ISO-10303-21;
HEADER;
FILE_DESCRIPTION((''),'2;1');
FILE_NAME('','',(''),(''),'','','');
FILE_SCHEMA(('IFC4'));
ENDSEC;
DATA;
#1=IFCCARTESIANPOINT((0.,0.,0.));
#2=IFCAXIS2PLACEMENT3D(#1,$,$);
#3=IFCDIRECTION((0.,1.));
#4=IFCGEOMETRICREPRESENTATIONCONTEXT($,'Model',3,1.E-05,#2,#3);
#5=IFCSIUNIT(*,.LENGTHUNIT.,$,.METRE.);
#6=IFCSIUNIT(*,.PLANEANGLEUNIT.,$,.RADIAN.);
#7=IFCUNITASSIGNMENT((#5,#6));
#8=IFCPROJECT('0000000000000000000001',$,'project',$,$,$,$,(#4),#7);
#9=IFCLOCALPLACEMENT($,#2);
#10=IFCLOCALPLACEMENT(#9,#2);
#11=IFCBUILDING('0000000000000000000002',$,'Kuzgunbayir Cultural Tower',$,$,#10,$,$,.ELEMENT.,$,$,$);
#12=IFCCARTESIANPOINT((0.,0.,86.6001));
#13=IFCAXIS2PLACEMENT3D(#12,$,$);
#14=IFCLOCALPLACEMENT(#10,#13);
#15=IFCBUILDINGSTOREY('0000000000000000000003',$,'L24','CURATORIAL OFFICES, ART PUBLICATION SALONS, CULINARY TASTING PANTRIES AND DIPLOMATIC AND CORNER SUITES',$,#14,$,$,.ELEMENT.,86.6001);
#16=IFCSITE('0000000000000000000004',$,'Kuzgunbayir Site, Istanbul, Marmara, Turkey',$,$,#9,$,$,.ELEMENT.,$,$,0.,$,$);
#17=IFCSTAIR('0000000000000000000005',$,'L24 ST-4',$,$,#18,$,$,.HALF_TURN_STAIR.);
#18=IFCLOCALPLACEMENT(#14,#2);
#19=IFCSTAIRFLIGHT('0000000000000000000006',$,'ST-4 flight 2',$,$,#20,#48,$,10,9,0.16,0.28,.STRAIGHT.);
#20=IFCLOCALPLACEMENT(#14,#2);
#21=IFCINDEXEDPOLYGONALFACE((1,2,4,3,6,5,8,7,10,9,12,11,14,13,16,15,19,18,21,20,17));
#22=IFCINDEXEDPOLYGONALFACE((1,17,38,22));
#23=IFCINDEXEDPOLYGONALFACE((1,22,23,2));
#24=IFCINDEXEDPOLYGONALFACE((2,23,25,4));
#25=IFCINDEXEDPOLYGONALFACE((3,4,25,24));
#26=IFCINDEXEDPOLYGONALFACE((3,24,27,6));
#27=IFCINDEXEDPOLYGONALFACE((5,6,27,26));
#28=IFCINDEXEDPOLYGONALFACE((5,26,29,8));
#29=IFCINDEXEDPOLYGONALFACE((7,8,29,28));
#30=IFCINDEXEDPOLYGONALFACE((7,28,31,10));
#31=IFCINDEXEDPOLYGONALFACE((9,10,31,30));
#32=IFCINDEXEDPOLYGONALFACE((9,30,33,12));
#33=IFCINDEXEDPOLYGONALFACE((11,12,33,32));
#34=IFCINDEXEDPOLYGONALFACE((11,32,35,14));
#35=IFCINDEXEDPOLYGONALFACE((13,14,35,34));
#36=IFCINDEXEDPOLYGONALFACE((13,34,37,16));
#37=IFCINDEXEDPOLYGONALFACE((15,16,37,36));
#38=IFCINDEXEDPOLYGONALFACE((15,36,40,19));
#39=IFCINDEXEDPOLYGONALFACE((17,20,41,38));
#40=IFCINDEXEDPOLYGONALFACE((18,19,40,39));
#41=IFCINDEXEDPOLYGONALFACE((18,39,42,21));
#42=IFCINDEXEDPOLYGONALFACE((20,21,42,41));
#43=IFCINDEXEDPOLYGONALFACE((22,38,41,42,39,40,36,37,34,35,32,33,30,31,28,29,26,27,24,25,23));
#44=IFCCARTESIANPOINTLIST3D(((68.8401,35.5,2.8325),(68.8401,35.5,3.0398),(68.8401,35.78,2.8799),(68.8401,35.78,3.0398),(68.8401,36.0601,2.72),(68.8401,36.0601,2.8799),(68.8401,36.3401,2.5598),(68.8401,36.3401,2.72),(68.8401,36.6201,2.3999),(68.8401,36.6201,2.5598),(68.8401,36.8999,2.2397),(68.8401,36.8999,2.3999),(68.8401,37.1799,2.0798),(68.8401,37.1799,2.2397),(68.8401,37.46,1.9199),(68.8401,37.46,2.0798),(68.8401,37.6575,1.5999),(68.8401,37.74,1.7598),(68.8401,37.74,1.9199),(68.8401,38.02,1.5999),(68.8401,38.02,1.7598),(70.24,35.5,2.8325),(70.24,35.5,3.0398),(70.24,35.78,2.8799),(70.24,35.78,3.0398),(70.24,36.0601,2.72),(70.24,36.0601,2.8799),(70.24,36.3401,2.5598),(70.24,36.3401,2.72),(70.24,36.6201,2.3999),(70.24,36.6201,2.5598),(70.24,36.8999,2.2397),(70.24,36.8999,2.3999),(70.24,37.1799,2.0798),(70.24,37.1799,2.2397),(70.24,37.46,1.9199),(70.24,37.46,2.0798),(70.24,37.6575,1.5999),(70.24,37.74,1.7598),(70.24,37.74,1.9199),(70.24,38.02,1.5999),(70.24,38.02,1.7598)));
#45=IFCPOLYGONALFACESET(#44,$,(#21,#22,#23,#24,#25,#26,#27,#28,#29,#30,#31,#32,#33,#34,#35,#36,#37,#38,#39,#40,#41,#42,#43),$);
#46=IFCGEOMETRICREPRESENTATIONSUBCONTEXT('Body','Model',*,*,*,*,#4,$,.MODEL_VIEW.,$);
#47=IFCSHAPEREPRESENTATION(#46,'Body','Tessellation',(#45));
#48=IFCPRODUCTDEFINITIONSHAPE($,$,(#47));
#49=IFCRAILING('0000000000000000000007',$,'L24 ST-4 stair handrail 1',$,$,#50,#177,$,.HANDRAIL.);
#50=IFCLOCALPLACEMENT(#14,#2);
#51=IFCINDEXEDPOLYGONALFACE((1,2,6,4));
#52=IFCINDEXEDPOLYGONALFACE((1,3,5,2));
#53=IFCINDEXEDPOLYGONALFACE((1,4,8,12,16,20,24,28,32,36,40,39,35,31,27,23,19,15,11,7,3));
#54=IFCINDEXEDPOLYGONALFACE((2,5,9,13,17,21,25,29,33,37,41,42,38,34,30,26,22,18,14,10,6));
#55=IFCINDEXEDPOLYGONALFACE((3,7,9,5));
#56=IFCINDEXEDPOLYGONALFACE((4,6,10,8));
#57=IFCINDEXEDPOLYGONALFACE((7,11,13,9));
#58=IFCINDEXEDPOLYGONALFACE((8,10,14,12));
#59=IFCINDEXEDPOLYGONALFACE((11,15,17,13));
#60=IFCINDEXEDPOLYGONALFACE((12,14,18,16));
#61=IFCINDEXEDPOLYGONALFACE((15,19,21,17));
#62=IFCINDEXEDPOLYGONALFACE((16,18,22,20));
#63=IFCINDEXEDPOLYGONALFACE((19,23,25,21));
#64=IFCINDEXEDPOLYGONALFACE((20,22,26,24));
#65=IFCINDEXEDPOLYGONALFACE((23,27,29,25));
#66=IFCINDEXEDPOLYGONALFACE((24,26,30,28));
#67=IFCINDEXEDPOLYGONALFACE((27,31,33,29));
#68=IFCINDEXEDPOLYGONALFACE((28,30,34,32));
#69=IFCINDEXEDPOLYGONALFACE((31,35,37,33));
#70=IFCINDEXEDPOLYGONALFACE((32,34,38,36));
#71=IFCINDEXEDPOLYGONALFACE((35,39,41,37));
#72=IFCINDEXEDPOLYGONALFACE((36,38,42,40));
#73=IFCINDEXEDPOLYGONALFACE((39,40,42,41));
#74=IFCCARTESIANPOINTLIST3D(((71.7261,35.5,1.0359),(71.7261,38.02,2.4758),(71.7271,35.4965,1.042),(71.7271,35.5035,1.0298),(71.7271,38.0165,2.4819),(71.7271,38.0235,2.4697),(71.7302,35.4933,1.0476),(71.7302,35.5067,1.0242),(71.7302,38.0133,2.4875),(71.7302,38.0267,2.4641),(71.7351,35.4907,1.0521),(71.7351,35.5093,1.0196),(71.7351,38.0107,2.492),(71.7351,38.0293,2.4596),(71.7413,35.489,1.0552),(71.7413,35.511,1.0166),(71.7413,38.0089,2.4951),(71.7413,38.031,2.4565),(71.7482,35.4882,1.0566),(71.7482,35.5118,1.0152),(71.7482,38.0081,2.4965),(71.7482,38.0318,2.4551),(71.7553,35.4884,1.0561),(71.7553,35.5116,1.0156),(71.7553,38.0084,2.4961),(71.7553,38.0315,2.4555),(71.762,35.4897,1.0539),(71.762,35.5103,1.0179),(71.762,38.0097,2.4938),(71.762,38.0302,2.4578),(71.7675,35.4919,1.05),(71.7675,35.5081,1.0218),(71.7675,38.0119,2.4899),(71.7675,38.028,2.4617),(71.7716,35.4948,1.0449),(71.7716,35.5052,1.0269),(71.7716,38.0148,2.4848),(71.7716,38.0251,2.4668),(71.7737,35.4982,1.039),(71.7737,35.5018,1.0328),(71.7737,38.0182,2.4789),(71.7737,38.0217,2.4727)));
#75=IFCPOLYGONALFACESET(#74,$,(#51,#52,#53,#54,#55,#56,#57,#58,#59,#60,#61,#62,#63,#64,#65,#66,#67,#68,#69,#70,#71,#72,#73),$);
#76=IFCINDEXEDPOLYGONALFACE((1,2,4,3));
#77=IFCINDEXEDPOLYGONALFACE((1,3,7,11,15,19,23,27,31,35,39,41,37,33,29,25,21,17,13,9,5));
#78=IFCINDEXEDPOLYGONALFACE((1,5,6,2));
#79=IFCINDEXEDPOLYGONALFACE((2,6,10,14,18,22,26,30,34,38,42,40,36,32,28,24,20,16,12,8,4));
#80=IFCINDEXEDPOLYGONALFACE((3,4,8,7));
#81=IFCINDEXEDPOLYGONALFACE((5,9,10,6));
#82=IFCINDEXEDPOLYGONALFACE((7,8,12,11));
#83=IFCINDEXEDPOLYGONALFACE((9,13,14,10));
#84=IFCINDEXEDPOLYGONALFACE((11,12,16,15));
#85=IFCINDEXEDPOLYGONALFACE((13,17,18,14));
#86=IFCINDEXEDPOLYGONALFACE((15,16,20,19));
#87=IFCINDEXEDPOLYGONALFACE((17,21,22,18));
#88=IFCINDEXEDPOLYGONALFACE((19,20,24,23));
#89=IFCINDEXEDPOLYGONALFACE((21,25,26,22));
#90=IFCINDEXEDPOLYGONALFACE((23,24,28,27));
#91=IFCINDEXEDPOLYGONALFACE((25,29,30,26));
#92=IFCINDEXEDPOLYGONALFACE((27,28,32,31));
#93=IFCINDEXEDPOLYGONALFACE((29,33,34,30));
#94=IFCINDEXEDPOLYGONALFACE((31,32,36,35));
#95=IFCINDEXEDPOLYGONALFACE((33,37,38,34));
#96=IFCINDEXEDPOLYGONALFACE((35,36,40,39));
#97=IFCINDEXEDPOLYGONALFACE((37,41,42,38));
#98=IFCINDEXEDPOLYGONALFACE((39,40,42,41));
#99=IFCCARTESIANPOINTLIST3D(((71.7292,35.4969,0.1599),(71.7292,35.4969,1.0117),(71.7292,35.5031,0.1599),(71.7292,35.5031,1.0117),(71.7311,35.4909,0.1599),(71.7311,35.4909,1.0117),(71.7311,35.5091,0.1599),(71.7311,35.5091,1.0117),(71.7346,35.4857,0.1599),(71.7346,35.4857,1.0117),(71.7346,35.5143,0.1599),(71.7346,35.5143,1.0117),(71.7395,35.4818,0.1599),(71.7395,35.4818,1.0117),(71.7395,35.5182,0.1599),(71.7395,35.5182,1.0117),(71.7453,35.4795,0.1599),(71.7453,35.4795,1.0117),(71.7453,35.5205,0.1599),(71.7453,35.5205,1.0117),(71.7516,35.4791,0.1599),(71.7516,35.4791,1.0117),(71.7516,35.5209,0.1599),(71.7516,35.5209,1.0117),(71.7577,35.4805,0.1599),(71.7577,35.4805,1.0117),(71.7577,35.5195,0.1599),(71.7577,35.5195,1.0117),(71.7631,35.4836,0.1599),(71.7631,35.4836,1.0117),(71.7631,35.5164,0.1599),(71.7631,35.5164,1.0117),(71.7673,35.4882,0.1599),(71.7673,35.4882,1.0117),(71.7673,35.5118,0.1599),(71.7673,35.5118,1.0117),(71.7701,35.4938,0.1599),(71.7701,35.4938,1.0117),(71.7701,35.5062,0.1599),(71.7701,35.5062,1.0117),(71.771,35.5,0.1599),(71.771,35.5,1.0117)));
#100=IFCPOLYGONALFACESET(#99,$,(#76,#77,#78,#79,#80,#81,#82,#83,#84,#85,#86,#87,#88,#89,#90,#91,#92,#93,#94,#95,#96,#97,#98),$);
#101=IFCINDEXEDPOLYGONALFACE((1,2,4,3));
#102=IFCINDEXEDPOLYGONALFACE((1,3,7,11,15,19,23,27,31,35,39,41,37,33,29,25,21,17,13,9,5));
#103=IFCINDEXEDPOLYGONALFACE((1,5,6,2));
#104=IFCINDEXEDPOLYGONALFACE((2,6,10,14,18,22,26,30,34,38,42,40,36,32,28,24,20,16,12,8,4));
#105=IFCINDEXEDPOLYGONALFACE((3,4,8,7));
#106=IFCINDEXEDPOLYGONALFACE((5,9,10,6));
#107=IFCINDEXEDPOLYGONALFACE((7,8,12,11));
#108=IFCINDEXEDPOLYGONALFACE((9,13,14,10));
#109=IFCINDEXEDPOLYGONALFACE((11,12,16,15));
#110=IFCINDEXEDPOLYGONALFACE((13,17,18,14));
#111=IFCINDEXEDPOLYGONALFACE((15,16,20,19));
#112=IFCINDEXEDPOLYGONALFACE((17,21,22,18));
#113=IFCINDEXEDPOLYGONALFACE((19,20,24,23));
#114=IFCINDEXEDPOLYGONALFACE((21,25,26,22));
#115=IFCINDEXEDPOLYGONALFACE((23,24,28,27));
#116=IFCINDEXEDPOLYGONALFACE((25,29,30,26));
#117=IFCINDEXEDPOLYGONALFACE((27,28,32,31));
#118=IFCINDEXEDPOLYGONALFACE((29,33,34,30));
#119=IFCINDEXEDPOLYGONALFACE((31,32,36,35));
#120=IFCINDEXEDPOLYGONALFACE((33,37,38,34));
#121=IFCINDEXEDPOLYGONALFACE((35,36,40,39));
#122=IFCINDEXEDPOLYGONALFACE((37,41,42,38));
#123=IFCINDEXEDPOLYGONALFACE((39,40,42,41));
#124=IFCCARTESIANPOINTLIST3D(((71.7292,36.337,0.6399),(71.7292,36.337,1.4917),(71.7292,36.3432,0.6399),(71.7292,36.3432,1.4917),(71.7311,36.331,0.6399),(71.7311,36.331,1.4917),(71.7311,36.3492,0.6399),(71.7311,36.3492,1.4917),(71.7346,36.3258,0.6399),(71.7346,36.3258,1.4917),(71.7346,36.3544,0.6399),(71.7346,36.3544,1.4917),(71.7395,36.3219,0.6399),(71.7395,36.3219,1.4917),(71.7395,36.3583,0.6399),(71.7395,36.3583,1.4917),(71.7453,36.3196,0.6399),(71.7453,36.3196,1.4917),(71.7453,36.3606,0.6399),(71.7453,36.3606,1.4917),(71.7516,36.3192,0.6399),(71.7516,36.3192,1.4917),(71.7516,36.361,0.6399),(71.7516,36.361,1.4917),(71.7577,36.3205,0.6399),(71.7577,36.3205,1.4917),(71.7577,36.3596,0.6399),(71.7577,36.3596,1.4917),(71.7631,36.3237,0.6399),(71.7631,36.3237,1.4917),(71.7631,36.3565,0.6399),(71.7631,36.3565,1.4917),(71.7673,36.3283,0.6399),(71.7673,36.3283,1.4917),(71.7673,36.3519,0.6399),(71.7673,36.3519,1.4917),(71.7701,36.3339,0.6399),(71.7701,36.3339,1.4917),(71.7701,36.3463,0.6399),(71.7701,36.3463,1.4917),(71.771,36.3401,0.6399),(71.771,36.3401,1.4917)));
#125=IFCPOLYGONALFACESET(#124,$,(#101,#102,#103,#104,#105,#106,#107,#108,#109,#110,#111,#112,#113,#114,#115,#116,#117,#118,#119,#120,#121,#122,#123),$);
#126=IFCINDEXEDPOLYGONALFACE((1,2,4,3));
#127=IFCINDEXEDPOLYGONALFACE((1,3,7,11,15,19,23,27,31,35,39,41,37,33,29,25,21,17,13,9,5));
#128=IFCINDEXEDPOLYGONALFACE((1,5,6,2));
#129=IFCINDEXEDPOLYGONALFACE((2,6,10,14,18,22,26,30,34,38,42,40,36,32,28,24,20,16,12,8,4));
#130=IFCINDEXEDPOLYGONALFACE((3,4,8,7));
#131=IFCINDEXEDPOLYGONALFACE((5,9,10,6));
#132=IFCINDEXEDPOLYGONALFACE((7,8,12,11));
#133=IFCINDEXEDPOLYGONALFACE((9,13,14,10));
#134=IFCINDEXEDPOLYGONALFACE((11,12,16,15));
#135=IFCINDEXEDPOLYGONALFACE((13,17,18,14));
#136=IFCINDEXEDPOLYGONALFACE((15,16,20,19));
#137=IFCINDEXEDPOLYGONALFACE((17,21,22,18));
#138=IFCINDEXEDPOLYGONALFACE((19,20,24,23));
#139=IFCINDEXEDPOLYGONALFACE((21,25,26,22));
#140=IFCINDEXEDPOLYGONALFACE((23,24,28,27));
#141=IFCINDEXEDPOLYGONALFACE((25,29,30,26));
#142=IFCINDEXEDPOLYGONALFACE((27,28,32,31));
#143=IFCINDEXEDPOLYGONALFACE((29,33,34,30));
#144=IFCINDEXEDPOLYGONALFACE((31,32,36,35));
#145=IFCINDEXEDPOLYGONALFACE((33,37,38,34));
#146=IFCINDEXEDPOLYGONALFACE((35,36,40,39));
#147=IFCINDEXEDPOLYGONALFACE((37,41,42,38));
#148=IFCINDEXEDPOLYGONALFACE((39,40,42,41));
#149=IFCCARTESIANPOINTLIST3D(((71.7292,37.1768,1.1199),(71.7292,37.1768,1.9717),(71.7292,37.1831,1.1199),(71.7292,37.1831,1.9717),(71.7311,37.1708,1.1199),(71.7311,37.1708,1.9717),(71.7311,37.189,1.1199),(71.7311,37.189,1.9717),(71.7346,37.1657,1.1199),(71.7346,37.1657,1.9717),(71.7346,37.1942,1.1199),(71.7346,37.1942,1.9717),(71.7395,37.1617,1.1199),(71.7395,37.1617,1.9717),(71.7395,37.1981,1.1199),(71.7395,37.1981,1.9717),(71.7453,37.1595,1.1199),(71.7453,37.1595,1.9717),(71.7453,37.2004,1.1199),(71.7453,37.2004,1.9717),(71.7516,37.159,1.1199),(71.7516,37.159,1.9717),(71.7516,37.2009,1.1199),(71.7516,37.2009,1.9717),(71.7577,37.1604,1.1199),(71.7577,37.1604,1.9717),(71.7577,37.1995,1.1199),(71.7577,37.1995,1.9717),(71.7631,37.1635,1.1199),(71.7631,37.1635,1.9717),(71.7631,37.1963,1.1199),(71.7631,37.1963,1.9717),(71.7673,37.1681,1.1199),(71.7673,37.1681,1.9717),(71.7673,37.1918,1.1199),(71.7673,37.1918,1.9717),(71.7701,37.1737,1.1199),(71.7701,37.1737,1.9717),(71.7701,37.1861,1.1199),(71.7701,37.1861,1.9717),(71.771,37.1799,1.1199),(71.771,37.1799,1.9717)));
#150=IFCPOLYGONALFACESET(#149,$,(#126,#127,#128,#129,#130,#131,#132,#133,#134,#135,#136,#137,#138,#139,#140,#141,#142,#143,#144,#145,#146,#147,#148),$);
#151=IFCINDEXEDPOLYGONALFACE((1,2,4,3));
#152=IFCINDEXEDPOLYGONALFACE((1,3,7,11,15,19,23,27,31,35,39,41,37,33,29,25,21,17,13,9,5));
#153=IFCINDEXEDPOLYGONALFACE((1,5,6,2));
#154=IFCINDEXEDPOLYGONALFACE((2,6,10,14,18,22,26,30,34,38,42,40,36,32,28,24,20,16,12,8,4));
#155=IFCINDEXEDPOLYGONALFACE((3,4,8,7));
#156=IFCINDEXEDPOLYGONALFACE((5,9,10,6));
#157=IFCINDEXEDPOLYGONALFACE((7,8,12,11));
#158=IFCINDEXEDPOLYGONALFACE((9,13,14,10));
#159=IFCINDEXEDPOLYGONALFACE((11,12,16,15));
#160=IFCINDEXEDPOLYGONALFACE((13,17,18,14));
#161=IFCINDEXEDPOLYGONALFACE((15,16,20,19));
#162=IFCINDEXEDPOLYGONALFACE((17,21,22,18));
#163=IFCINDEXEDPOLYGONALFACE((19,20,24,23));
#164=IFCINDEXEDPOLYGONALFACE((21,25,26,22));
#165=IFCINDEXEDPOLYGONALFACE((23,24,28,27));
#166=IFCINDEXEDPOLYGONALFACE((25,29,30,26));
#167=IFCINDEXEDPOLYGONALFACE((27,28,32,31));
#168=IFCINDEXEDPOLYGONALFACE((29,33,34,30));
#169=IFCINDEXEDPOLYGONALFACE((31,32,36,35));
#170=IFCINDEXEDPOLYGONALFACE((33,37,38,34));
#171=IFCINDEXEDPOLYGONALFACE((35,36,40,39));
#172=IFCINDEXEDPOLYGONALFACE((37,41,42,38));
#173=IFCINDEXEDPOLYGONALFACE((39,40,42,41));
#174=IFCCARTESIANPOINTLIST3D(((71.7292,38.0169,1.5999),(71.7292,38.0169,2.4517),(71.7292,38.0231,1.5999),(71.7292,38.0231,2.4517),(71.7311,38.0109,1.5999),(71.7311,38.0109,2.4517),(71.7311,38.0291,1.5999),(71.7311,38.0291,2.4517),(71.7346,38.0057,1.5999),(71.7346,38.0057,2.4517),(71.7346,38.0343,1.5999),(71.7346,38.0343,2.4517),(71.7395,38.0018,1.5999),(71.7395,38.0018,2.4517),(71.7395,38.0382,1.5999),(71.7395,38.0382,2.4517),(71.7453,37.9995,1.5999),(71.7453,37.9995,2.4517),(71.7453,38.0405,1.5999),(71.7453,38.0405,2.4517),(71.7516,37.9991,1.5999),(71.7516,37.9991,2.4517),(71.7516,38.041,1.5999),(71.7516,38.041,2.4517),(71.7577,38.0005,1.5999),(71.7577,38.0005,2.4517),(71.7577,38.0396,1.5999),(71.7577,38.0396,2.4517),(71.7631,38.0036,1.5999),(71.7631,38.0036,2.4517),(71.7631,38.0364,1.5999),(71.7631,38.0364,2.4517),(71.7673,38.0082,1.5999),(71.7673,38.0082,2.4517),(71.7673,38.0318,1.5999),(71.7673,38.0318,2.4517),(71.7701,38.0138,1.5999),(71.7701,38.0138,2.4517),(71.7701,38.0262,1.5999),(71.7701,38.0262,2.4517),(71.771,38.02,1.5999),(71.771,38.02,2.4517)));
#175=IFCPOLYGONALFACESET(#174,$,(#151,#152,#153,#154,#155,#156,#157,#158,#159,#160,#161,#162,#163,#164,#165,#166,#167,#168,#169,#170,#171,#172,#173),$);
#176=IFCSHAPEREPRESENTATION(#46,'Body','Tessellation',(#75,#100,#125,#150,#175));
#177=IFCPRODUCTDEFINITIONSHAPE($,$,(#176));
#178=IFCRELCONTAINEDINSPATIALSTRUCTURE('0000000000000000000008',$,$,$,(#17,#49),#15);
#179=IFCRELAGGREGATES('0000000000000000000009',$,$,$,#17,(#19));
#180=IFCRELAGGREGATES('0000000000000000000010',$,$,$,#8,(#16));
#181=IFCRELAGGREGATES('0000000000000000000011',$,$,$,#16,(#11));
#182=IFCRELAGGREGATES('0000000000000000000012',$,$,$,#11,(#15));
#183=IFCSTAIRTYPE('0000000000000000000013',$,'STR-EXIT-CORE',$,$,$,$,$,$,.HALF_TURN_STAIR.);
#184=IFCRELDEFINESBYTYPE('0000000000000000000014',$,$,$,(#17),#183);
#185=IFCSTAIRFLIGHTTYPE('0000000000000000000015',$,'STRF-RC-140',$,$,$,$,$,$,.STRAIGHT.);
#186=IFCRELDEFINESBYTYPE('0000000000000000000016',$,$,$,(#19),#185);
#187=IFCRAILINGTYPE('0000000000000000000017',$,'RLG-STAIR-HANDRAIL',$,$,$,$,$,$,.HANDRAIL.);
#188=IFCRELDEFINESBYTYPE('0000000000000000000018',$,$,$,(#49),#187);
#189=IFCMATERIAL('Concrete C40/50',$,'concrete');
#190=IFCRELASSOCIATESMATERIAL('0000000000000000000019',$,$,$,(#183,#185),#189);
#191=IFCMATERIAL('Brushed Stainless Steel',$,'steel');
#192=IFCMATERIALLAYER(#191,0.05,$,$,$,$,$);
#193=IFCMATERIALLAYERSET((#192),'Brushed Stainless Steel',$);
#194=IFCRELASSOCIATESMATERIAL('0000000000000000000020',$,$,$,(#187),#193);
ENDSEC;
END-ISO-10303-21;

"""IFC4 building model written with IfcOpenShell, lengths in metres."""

from ifc_helpers import new_model, si_unit, direction, frame, origin, origin_2d, place, context, subcontext, project, spatial, polyline, circle, outline, extrude, material, layer, layer_set, type_object, element, aggregate, save


model = new_model("IFC4")

# Units and contexts
model_context = context("Model", 3, precision=1e-05, world=origin(), true_north=direction((0.0, 1.0)))
body_context = subcontext(model_context, "Body", "Model", "MODEL_VIEW")
ifc_project = project(units=[si_unit("LENGTHUNIT", "METRE"), si_unit("PLANEANGLEUNIT", "RADIAN")], contexts=[model_context])

# Site, building, storey
site_placement = place(None, origin())
site = spatial("IfcSite", under=ifc_project, at=site_placement, Name="Kuzgunbayir Site, Istanbul, Marmara, Turkey", CompositionType="ELEMENT", RefElevation=0.0)
building_placement = place(site_placement, origin())
building = spatial("IfcBuilding", under=site, at=building_placement, Name="Kuzgunbayir Cultural Tower", CompositionType="ELEMENT")
storey_placement = place(building_placement, frame((0.0, 0.0, 86.6001)))
storey = spatial("IfcBuildingStorey", under=building, at=storey_placement, Name="L24", Description="CURATORIAL OFFICES, ART PUBLICATION SALONS, CULINARY TASTING PANTRIES AND DIPLOMATIC AND CORNER SUITES", CompositionType="ELEMENT", Elevation=86.6001)

# Shared definitions
ifc_material_1 = material(Name="Concrete C40/50", Category="concrete")
ifc_material_2 = material(Name="Brushed Stainless Steel", Category="steel")

# Stair, stair flight
stair_type = type_object("IfcStairType", Name="STR-EXIT-CORE", PredefinedType="HALF_TURN_STAIR", material=ifc_material_1)
stair_placement = place(storey_placement, origin())
stair = element("IfcStair", 1, at=stair_placement, inside=storey, type_object=stair_type, Name="L24 ST-4", PredefinedType="HALF_TURN_STAIR")
stair_flight_type = type_object("IfcStairFlightType", Name="STRF-RC-140", PredefinedType="STRAIGHT", material=ifc_material_1)
stair_flight_1_placement = place(storey_placement, frame((69.54, 38.02, 1.5999), z_axis=(0.0, 0.0, 1.0), x_axis=(0.0, -1.0, 0.0)))
stair_flight_1 = element("IfcStairFlight", 2, at=stair_flight_1_placement, type_object=stair_flight_type, Name="ST-4 flight 2", NumberOfRisers=10, NumberOfTreads=9, PredefinedType="STRAIGHT", RiserHeight=0.16, TreadLength=0.28, context=body_context, shape_type="SweptSolid", body=[
    extrude(outline(polyline([(0.0, 0.0), (0.0, 0.1599), (0.28, 0.1599), (0.28, 0.3201), (0.5601, 0.3201), (0.5601, 0.48), (0.8401, 0.48), (0.8401, 0.6399), (1.1201, 0.6399), (1.1201, 0.8), (1.3999, 0.8), (1.3999, 0.96), (1.6799, 0.96), (1.6799, 1.1201), (1.96, 1.1201), (1.96, 1.28), (2.24, 1.28), (2.24, 1.4399), (2.52, 1.4399), (2.52, 1.6001), (2.52, 1.2327), (0.3625, 0.0), (0.0, 0.0)])), frame((0.0, 0.7, 0.0), z_axis=(0.0, -1.0, 0.0), x_axis=(1.0, 0.0, 0.0)), (0.0, 0.0, 1.0), 1.3999),
])
aggregate(stair, [stair_flight_1])

# Railing
ifc_layer_1 = layer(ifc_material_2, 0.05)
ifc_layer_set_1 = layer_set([ifc_layer_1], Name="Brushed Stainless Steel")
railing_type_1 = type_object("IfcRailingType", Name="RLG-STAIR-HANDRAIL", PredefinedType="HANDRAIL", material=ifc_layer_set_1)
railing_1_placement = place(storey_placement, frame((71.75, 35.5, 0.1599)))
element("IfcRailing", 3, at=railing_1_placement, inside=storey, type_object=railing_type_1, Name="L24 ST-4 stair handrail 1", PredefinedType="HANDRAIL", context=body_context, shape_type="SweptSolid", body=[
    extrude(circle(Radius=0.0239, at=origin_2d()), frame((0.0, 0.0, 0.876), z_axis=(0.0, 0.868253, 0.496121), x_axis=(-1.0, 0.0, 0.0)), (0.0, 0.0, 1.0), 2.9023),
    extrude(circle(Radius=0.021, at=origin_2d()), origin(), (0.0, 0.0, 1.0), 0.8518),
    extrude(circle(Radius=0.021, at=origin_2d()), frame((0.0, 0.8401, 0.48)), (0.0, 0.0, 1.0), 0.8518),
    extrude(circle(Radius=0.021, at=origin_2d()), frame((0.0, 1.6799, 0.96)), (0.0, 0.0, 1.0), 0.8518),
    extrude(circle(Radius=0.021, at=origin_2d()), frame((0.0, 2.52, 1.4399)), (0.0, 0.0, 1.0), 0.8518),
])

save(model, "model.ifc")
